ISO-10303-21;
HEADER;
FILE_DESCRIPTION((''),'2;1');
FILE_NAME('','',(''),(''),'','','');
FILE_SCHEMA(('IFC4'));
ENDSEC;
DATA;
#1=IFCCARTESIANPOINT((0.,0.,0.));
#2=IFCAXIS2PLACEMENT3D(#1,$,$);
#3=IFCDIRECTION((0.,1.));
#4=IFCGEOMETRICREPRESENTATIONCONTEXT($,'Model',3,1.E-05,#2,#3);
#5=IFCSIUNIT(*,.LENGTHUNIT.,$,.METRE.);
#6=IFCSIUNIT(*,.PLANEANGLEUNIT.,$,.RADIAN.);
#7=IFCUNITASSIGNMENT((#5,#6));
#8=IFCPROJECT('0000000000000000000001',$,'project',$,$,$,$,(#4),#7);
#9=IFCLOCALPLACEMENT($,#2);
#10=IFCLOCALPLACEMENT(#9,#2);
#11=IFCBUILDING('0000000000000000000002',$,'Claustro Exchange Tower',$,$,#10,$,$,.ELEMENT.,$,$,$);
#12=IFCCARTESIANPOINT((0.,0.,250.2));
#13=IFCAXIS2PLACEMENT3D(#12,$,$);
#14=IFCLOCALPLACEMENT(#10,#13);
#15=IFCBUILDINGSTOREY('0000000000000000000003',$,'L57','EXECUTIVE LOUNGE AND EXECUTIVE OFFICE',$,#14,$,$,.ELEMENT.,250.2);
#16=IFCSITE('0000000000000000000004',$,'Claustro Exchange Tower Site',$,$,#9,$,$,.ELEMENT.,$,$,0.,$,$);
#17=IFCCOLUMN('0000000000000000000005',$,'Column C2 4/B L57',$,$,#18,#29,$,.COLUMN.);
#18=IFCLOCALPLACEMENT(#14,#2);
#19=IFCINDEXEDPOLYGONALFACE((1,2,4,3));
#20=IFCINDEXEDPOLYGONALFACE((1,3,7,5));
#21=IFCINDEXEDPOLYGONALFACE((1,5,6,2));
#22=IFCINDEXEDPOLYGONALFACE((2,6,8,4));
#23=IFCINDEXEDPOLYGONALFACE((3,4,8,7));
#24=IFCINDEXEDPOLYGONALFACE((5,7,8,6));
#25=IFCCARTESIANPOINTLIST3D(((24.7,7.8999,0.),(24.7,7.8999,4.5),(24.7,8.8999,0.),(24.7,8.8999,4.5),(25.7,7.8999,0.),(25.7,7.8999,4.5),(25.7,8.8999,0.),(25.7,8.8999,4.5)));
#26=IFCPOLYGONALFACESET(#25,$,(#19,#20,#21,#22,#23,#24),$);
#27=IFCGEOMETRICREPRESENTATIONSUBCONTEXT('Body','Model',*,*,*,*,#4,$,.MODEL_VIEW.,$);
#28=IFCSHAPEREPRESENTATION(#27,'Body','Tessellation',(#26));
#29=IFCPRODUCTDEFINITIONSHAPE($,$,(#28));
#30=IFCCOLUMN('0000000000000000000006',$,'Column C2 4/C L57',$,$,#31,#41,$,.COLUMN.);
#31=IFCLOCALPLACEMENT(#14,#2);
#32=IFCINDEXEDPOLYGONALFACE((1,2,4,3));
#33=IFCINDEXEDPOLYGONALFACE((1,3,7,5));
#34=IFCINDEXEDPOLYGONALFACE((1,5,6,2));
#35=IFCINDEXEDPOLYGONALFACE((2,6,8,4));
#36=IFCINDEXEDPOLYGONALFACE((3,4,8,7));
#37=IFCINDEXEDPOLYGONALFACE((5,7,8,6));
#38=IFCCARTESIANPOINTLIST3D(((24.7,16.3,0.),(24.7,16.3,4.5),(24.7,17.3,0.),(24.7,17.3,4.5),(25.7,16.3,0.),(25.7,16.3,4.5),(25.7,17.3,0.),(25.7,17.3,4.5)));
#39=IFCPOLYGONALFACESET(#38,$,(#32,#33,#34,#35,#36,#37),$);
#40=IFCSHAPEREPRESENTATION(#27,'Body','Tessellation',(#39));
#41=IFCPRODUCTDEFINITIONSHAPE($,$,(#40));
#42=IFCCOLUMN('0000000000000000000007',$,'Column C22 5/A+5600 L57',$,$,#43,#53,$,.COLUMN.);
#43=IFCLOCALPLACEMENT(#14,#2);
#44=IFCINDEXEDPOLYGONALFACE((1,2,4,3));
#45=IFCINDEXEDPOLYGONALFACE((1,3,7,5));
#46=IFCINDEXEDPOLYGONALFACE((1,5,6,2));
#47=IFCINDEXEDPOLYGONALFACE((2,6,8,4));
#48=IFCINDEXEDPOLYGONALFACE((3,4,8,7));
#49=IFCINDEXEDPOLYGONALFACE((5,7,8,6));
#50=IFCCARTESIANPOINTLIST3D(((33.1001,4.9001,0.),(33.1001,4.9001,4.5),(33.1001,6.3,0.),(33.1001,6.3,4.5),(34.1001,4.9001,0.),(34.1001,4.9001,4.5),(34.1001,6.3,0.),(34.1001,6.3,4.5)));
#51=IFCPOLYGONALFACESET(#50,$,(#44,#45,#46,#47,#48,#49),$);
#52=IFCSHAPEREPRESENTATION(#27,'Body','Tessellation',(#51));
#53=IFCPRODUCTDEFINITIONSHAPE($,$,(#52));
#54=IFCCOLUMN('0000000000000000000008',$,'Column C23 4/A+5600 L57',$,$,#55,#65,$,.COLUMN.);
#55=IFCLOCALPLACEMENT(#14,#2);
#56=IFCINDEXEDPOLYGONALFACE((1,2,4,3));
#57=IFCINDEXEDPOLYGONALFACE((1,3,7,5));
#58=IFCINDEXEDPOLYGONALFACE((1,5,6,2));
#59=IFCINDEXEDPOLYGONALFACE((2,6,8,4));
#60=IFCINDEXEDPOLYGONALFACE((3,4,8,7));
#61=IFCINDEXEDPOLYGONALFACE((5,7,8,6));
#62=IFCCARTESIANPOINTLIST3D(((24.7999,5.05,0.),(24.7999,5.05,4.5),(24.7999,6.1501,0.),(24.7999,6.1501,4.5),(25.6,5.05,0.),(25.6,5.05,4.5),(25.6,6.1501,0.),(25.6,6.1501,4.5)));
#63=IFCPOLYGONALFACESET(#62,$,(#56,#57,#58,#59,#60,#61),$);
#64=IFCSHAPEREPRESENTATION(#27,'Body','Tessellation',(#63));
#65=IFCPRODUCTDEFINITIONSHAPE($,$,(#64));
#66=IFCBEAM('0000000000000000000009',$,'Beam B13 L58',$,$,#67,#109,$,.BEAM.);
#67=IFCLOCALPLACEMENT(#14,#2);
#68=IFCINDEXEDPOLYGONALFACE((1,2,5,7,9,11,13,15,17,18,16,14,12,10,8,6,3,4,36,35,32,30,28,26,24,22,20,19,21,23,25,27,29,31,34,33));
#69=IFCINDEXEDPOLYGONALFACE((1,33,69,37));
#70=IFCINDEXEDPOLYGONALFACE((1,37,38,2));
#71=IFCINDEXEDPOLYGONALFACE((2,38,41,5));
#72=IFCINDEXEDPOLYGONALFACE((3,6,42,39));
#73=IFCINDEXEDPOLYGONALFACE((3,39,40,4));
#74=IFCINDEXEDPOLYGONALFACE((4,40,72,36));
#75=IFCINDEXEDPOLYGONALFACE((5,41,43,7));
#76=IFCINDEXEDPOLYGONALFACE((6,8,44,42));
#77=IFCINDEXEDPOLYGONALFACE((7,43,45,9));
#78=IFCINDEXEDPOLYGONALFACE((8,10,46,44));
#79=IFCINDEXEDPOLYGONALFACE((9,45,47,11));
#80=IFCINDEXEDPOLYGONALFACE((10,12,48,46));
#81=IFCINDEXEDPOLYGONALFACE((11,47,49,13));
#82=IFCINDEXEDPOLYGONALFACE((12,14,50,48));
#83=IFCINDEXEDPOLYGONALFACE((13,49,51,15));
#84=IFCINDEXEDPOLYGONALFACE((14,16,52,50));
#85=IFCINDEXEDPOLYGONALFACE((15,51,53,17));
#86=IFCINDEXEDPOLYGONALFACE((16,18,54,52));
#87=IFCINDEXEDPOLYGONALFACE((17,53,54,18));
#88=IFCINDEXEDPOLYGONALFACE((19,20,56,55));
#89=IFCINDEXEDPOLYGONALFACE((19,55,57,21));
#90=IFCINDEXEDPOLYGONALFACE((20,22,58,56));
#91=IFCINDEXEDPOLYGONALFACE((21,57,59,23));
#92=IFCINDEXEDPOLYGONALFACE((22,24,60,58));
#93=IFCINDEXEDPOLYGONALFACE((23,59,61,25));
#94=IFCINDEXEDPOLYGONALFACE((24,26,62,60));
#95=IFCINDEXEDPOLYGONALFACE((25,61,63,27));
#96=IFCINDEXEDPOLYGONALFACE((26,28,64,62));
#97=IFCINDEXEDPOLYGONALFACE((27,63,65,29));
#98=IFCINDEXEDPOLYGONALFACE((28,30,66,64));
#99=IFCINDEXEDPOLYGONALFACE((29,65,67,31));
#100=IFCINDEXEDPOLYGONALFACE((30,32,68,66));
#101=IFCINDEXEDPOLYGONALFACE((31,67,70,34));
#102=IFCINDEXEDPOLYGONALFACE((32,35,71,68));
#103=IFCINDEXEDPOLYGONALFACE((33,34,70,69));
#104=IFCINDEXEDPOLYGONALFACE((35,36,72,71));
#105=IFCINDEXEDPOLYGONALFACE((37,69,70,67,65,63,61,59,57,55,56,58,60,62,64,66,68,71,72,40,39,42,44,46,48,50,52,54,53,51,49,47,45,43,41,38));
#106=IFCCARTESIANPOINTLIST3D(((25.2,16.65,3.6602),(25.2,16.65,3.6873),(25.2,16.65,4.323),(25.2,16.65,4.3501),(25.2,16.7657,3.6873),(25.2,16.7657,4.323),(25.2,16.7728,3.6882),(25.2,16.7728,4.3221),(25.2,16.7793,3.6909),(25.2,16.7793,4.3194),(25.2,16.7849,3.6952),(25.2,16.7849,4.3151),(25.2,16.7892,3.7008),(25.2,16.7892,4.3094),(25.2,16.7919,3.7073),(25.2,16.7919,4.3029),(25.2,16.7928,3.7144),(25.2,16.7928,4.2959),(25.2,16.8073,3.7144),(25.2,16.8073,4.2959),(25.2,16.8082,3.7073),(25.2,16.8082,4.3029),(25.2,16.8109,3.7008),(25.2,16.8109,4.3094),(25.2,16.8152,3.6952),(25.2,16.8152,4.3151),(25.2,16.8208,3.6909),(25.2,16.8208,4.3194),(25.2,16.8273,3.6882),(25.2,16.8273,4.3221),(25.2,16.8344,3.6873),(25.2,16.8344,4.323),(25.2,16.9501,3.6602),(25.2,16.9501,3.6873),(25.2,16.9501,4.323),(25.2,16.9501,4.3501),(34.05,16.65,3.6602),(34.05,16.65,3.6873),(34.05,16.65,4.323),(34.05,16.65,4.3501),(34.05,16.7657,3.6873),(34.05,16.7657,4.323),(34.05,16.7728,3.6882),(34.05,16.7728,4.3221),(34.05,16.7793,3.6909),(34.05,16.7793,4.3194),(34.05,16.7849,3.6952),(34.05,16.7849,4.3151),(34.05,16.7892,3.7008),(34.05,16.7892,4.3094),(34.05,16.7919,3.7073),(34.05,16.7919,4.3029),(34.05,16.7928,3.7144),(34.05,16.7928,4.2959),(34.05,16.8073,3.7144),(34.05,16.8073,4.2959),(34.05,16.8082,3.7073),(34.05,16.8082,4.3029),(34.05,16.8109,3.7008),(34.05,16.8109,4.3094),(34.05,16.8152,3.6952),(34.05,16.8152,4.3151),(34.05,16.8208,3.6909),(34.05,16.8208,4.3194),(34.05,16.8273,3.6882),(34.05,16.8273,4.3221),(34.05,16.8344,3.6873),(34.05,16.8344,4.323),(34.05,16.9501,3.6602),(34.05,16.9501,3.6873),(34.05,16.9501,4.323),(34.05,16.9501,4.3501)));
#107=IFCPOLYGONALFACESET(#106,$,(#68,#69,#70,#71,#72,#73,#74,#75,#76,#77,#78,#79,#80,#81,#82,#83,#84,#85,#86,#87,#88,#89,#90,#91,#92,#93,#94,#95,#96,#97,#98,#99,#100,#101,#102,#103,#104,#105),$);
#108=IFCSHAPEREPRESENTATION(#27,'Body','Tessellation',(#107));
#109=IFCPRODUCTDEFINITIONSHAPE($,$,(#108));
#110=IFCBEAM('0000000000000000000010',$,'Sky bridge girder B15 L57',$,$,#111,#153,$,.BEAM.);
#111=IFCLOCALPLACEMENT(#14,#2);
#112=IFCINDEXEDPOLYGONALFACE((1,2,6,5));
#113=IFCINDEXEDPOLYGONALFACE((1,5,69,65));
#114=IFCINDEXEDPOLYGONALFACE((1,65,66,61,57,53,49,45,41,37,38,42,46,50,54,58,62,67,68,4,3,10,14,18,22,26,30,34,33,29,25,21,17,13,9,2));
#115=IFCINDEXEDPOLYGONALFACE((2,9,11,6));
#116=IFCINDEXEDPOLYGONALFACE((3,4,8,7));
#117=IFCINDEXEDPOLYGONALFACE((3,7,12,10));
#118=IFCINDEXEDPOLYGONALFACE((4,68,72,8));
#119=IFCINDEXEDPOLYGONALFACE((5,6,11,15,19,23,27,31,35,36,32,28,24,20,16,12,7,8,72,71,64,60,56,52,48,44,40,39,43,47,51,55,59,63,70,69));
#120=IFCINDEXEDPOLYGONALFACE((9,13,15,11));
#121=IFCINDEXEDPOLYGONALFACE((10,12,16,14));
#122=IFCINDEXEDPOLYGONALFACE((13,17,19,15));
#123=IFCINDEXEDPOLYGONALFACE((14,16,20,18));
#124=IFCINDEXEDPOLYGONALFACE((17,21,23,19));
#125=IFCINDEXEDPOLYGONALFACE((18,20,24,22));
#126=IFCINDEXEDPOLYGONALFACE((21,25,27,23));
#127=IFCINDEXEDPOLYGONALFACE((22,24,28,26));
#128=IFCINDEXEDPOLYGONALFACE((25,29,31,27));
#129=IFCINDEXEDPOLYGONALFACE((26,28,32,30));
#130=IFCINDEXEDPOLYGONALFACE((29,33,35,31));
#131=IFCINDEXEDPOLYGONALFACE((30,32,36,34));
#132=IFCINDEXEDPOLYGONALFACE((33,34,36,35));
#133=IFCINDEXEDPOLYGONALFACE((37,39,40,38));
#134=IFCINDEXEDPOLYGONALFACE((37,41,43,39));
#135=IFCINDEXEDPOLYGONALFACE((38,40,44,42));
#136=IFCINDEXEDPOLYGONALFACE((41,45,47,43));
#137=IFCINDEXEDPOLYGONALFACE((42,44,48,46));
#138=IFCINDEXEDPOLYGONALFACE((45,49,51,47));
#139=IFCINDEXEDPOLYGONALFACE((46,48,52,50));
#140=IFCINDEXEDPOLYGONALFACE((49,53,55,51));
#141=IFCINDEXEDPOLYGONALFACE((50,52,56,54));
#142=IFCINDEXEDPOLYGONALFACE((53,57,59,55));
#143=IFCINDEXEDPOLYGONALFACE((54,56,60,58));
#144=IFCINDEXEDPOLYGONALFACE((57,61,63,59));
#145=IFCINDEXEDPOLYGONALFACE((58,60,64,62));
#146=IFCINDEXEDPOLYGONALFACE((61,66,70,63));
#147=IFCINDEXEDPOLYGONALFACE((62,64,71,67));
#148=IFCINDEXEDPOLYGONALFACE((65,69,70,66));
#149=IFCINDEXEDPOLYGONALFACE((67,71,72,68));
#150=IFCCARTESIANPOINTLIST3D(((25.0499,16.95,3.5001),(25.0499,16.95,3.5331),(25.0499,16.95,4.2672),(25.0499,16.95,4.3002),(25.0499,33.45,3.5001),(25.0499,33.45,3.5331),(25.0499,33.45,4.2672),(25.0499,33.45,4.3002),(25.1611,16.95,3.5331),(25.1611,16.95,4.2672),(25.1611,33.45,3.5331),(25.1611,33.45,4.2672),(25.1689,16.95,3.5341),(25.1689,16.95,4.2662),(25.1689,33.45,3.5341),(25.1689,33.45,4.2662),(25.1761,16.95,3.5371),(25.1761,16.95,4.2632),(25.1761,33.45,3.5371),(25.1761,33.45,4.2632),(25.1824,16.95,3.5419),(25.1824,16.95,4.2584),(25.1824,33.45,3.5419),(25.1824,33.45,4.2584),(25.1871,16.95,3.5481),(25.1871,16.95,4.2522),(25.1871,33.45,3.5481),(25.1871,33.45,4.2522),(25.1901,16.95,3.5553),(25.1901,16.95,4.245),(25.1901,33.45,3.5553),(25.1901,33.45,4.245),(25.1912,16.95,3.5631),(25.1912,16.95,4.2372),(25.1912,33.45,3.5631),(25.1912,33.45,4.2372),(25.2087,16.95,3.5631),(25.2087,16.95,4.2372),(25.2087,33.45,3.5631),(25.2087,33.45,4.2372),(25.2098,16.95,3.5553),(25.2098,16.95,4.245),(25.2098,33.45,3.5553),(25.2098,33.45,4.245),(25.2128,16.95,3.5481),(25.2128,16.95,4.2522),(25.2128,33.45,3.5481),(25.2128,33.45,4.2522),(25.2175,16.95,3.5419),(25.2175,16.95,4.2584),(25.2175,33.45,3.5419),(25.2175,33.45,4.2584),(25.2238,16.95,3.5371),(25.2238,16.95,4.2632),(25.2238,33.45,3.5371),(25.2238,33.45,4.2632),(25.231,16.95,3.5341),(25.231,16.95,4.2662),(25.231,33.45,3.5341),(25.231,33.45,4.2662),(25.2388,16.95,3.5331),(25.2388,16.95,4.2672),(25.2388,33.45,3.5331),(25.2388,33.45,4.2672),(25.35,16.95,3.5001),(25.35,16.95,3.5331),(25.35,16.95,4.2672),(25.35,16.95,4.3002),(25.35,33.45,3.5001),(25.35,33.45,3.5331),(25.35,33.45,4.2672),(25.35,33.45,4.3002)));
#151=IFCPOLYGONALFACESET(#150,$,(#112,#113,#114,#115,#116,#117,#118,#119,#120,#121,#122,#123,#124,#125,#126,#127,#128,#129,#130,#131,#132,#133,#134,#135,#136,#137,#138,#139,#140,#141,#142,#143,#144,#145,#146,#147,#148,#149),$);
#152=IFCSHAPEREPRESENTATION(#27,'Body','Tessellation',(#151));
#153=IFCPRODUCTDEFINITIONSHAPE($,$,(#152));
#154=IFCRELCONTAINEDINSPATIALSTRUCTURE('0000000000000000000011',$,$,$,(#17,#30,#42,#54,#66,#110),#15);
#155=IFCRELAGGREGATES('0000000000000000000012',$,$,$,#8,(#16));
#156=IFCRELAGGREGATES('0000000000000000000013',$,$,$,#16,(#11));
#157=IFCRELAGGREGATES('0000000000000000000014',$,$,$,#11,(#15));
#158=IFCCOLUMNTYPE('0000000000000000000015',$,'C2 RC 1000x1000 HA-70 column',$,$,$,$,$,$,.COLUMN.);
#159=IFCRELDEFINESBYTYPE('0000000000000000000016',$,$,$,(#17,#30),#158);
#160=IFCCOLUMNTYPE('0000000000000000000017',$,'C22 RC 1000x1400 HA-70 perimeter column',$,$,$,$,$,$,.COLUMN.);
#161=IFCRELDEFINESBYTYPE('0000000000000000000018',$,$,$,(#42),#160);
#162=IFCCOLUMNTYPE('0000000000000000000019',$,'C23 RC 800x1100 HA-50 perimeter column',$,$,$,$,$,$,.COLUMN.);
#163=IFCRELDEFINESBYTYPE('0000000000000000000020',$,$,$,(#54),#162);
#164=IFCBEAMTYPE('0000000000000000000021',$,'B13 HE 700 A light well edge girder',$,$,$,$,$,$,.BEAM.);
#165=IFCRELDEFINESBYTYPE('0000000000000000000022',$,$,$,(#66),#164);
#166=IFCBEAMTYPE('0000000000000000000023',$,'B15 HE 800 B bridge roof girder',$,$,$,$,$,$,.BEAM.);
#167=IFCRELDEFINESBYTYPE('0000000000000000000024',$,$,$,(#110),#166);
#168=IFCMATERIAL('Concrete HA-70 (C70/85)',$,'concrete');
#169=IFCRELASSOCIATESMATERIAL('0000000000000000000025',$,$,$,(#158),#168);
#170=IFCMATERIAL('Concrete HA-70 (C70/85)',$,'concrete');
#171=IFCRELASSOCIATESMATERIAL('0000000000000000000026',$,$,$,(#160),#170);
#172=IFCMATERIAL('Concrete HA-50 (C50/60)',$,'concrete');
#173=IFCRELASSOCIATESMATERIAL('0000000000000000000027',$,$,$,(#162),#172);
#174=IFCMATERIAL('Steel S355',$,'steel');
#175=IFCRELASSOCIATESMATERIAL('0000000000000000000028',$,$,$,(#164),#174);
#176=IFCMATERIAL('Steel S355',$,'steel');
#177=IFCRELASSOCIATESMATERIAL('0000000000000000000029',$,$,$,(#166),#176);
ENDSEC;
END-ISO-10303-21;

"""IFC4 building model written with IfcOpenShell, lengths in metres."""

from ifc_helpers import new_model, si_unit, direction, frame, origin, origin_2d, place, context, subcontext, project, spatial, rectangle, i_section, extrude, material, material_profile, profile_set, type_object, element, save


model = new_model("IFC4")

# Units and contexts
model_context = context("Model", 3, precision=1e-05, world=origin(), true_north=direction((0.0, 1.0)))
body_context = subcontext(model_context, "Body", "Model", "MODEL_VIEW")
ifc_project = project(units=[si_unit("LENGTHUNIT", "METRE"), si_unit("PLANEANGLEUNIT", "RADIAN")], contexts=[model_context])

# Site, building, storey
site_placement = place(None, origin())
site = spatial("IfcSite", under=ifc_project, at=site_placement, Name="Claustro Exchange Tower Site", CompositionType="ELEMENT", RefElevation=0.0)
building_placement = place(site_placement, origin())
building = spatial("IfcBuilding", under=site, at=building_placement, Name="Claustro Exchange Tower", CompositionType="ELEMENT")
storey_placement = place(building_placement, frame((0.0, 0.0, 250.2)))
storey = spatial("IfcBuildingStorey", under=building, at=storey_placement, Name="L57", Description="EXECUTIVE LOUNGE AND EXECUTIVE OFFICE", CompositionType="ELEMENT", Elevation=250.2)

# Columns
ifc_material_1 = material(Name="Concrete HA-70 (C70/85)", Category="concrete")
ifc_material_profile_1 = material_profile(ifc_material_1, rectangle(XDim=1.0, YDim=1.0, at=origin_2d()), Name="RC 1000x1000")
ifc_profile_set_1 = profile_set([ifc_material_profile_1], Name="Concrete HA-70 (C70/85)")
column_type_1 = type_object("IfcColumnType", Name="C2 RC 1000x1000 HA-70 column", PredefinedType="COLUMN", material=ifc_profile_set_1)
for number, where, z_axis, x_axis, name in (
    (1, (25.2, 8.3999, 0.0), (0.0, 0.0, 1.0), (1.0, 0.0, 0.0), "Column C2 4/B L57"),
    (2, (25.2, 16.8, 0.0), (0.0, 0.0, 1.0), (1.0, 0.0, 0.0), "Column C2 4/C L57"),
):
    element("IfcColumn", number, at=place(storey_placement, frame(where, z_axis=z_axis, x_axis=x_axis)), inside=storey, type_object=column_type_1, Name=name, PredefinedType="COLUMN", context=body_context, shape_type="SweptSolid", body=[
        extrude(rectangle(XDim=1.0, YDim=1.0, at=origin_2d()), origin(), (0.0, 0.0, 1.0), 4.5),
    ])
ifc_material_2 = material(Name="Concrete HA-70 (C70/85)", Category="concrete")
ifc_material_profile_2 = material_profile(ifc_material_2, rectangle(XDim=1.0, YDim=1.3999, at=origin_2d()), Name="RC 1000x1400")
ifc_profile_set_2 = profile_set([ifc_material_profile_2], Name="Concrete HA-70 (C70/85)")
column_type_2 = type_object("IfcColumnType", Name="C22 RC 1000x1400 HA-70 perimeter column", PredefinedType="COLUMN", material=ifc_profile_set_2)
column_1_placement = place(storey_placement, frame((33.6001, 5.6001, 0.0), z_axis=(0.0, 0.0, 1.0), x_axis=(1.0, 0.0, 0.0)))
element("IfcColumn", 3, at=column_1_placement, inside=storey, type_object=column_type_2, Name="Column C22 5/A+5600 L57", PredefinedType="COLUMN", context=body_context, shape_type="SweptSolid", body=[
    extrude(rectangle(XDim=1.0, YDim=1.3999, at=origin_2d()), origin(), (0.0, 0.0, 1.0), 4.5),
])
ifc_material_3 = material(Name="Concrete HA-50 (C50/60)", Category="concrete")
ifc_material_profile_3 = material_profile(ifc_material_3, rectangle(XDim=0.8, YDim=1.1001, at=origin_2d()), Name="RC 800x1100")
ifc_profile_set_3 = profile_set([ifc_material_profile_3], Name="Concrete HA-50 (C50/60)")
column_type_3 = type_object("IfcColumnType", Name="C23 RC 800x1100 HA-50 perimeter column", PredefinedType="COLUMN", material=ifc_profile_set_3)
column_2_placement = place(storey_placement, frame((25.2, 5.6001, 0.0), z_axis=(0.0, 0.0, 1.0), x_axis=(1.0, 0.0, 0.0)))
element("IfcColumn", 4, at=column_2_placement, inside=storey, type_object=column_type_3, Name="Column C23 4/A+5600 L57", PredefinedType="COLUMN", context=body_context, shape_type="SweptSolid", body=[
    extrude(rectangle(XDim=0.8, YDim=1.1001, at=origin_2d()), origin(), (0.0, 0.0, 1.0), 4.5),
])

# Beams
ifc_material_4 = material(Name="Steel S355", Category="steel")
ifc_material_profile_4 = material_profile(ifc_material_4, i_section(OverallWidth=0.3, OverallDepth=0.6899, WebThickness=0.0144, FlangeThickness=0.0271, FilletRadius=0.0271, at=origin_2d()), Name="HE 700 A")
ifc_profile_set_4 = profile_set([ifc_material_profile_4], Name="Steel S355")
beam_type_1 = type_object("IfcBeamType", Name="B13 HE 700 A light well edge girder", PredefinedType="BEAM", material=ifc_profile_set_4)
beam_1_placement = place(storey_placement, frame((25.2, 16.8, 4.0051), z_axis=(1.0, 0.0, 0.0), x_axis=(0.0, 1.0, 0.0)))
element("IfcBeam", 5, at=beam_1_placement, inside=storey, type_object=beam_type_1, Name="Beam B13 L58", PredefinedType="BEAM", context=body_context, shape_type="SweptSolid", body=[
    extrude(i_section(OverallWidth=0.3, OverallDepth=0.6899, WebThickness=0.0144, FlangeThickness=0.0271, FilletRadius=0.0271, at=origin_2d()), origin(), (0.0, 0.0, 1.0), 8.8501),
])
ifc_material_5 = material(Name="Steel S355", Category="steel")
ifc_material_profile_5 = material_profile(ifc_material_5, i_section(OverallWidth=0.3, OverallDepth=0.8, WebThickness=0.0176, FlangeThickness=0.033, FilletRadius=0.03, at=origin_2d()), Name="HE 800 B")
ifc_profile_set_5 = profile_set([ifc_material_profile_5], Name="Steel S355")
beam_type_2 = type_object("IfcBeamType", Name="B15 HE 800 B bridge roof girder", PredefinedType="BEAM", material=ifc_profile_set_5)
for number, where, z_axis, x_axis, name in (
    (6, (25.2, 16.95, 3.9001), (0.0, 1.0, 0.0), (-1.0, 0.0, 0.0), "Sky bridge girder B15 L57"),
):
    element("IfcBeam", number, at=place(storey_placement, frame(where, z_axis=z_axis, x_axis=x_axis)), inside=storey, type_object=beam_type_2, Name=name, PredefinedType="BEAM", context=body_context, shape_type="SweptSolid", body=[
        extrude(i_section(OverallWidth=0.3, OverallDepth=0.8, WebThickness=0.0176, FlangeThickness=0.033, FilletRadius=0.03, at=origin_2d()), origin(), (0.0, 0.0, 1.0), 16.5),
    ])

save(model, "model.ifc")
